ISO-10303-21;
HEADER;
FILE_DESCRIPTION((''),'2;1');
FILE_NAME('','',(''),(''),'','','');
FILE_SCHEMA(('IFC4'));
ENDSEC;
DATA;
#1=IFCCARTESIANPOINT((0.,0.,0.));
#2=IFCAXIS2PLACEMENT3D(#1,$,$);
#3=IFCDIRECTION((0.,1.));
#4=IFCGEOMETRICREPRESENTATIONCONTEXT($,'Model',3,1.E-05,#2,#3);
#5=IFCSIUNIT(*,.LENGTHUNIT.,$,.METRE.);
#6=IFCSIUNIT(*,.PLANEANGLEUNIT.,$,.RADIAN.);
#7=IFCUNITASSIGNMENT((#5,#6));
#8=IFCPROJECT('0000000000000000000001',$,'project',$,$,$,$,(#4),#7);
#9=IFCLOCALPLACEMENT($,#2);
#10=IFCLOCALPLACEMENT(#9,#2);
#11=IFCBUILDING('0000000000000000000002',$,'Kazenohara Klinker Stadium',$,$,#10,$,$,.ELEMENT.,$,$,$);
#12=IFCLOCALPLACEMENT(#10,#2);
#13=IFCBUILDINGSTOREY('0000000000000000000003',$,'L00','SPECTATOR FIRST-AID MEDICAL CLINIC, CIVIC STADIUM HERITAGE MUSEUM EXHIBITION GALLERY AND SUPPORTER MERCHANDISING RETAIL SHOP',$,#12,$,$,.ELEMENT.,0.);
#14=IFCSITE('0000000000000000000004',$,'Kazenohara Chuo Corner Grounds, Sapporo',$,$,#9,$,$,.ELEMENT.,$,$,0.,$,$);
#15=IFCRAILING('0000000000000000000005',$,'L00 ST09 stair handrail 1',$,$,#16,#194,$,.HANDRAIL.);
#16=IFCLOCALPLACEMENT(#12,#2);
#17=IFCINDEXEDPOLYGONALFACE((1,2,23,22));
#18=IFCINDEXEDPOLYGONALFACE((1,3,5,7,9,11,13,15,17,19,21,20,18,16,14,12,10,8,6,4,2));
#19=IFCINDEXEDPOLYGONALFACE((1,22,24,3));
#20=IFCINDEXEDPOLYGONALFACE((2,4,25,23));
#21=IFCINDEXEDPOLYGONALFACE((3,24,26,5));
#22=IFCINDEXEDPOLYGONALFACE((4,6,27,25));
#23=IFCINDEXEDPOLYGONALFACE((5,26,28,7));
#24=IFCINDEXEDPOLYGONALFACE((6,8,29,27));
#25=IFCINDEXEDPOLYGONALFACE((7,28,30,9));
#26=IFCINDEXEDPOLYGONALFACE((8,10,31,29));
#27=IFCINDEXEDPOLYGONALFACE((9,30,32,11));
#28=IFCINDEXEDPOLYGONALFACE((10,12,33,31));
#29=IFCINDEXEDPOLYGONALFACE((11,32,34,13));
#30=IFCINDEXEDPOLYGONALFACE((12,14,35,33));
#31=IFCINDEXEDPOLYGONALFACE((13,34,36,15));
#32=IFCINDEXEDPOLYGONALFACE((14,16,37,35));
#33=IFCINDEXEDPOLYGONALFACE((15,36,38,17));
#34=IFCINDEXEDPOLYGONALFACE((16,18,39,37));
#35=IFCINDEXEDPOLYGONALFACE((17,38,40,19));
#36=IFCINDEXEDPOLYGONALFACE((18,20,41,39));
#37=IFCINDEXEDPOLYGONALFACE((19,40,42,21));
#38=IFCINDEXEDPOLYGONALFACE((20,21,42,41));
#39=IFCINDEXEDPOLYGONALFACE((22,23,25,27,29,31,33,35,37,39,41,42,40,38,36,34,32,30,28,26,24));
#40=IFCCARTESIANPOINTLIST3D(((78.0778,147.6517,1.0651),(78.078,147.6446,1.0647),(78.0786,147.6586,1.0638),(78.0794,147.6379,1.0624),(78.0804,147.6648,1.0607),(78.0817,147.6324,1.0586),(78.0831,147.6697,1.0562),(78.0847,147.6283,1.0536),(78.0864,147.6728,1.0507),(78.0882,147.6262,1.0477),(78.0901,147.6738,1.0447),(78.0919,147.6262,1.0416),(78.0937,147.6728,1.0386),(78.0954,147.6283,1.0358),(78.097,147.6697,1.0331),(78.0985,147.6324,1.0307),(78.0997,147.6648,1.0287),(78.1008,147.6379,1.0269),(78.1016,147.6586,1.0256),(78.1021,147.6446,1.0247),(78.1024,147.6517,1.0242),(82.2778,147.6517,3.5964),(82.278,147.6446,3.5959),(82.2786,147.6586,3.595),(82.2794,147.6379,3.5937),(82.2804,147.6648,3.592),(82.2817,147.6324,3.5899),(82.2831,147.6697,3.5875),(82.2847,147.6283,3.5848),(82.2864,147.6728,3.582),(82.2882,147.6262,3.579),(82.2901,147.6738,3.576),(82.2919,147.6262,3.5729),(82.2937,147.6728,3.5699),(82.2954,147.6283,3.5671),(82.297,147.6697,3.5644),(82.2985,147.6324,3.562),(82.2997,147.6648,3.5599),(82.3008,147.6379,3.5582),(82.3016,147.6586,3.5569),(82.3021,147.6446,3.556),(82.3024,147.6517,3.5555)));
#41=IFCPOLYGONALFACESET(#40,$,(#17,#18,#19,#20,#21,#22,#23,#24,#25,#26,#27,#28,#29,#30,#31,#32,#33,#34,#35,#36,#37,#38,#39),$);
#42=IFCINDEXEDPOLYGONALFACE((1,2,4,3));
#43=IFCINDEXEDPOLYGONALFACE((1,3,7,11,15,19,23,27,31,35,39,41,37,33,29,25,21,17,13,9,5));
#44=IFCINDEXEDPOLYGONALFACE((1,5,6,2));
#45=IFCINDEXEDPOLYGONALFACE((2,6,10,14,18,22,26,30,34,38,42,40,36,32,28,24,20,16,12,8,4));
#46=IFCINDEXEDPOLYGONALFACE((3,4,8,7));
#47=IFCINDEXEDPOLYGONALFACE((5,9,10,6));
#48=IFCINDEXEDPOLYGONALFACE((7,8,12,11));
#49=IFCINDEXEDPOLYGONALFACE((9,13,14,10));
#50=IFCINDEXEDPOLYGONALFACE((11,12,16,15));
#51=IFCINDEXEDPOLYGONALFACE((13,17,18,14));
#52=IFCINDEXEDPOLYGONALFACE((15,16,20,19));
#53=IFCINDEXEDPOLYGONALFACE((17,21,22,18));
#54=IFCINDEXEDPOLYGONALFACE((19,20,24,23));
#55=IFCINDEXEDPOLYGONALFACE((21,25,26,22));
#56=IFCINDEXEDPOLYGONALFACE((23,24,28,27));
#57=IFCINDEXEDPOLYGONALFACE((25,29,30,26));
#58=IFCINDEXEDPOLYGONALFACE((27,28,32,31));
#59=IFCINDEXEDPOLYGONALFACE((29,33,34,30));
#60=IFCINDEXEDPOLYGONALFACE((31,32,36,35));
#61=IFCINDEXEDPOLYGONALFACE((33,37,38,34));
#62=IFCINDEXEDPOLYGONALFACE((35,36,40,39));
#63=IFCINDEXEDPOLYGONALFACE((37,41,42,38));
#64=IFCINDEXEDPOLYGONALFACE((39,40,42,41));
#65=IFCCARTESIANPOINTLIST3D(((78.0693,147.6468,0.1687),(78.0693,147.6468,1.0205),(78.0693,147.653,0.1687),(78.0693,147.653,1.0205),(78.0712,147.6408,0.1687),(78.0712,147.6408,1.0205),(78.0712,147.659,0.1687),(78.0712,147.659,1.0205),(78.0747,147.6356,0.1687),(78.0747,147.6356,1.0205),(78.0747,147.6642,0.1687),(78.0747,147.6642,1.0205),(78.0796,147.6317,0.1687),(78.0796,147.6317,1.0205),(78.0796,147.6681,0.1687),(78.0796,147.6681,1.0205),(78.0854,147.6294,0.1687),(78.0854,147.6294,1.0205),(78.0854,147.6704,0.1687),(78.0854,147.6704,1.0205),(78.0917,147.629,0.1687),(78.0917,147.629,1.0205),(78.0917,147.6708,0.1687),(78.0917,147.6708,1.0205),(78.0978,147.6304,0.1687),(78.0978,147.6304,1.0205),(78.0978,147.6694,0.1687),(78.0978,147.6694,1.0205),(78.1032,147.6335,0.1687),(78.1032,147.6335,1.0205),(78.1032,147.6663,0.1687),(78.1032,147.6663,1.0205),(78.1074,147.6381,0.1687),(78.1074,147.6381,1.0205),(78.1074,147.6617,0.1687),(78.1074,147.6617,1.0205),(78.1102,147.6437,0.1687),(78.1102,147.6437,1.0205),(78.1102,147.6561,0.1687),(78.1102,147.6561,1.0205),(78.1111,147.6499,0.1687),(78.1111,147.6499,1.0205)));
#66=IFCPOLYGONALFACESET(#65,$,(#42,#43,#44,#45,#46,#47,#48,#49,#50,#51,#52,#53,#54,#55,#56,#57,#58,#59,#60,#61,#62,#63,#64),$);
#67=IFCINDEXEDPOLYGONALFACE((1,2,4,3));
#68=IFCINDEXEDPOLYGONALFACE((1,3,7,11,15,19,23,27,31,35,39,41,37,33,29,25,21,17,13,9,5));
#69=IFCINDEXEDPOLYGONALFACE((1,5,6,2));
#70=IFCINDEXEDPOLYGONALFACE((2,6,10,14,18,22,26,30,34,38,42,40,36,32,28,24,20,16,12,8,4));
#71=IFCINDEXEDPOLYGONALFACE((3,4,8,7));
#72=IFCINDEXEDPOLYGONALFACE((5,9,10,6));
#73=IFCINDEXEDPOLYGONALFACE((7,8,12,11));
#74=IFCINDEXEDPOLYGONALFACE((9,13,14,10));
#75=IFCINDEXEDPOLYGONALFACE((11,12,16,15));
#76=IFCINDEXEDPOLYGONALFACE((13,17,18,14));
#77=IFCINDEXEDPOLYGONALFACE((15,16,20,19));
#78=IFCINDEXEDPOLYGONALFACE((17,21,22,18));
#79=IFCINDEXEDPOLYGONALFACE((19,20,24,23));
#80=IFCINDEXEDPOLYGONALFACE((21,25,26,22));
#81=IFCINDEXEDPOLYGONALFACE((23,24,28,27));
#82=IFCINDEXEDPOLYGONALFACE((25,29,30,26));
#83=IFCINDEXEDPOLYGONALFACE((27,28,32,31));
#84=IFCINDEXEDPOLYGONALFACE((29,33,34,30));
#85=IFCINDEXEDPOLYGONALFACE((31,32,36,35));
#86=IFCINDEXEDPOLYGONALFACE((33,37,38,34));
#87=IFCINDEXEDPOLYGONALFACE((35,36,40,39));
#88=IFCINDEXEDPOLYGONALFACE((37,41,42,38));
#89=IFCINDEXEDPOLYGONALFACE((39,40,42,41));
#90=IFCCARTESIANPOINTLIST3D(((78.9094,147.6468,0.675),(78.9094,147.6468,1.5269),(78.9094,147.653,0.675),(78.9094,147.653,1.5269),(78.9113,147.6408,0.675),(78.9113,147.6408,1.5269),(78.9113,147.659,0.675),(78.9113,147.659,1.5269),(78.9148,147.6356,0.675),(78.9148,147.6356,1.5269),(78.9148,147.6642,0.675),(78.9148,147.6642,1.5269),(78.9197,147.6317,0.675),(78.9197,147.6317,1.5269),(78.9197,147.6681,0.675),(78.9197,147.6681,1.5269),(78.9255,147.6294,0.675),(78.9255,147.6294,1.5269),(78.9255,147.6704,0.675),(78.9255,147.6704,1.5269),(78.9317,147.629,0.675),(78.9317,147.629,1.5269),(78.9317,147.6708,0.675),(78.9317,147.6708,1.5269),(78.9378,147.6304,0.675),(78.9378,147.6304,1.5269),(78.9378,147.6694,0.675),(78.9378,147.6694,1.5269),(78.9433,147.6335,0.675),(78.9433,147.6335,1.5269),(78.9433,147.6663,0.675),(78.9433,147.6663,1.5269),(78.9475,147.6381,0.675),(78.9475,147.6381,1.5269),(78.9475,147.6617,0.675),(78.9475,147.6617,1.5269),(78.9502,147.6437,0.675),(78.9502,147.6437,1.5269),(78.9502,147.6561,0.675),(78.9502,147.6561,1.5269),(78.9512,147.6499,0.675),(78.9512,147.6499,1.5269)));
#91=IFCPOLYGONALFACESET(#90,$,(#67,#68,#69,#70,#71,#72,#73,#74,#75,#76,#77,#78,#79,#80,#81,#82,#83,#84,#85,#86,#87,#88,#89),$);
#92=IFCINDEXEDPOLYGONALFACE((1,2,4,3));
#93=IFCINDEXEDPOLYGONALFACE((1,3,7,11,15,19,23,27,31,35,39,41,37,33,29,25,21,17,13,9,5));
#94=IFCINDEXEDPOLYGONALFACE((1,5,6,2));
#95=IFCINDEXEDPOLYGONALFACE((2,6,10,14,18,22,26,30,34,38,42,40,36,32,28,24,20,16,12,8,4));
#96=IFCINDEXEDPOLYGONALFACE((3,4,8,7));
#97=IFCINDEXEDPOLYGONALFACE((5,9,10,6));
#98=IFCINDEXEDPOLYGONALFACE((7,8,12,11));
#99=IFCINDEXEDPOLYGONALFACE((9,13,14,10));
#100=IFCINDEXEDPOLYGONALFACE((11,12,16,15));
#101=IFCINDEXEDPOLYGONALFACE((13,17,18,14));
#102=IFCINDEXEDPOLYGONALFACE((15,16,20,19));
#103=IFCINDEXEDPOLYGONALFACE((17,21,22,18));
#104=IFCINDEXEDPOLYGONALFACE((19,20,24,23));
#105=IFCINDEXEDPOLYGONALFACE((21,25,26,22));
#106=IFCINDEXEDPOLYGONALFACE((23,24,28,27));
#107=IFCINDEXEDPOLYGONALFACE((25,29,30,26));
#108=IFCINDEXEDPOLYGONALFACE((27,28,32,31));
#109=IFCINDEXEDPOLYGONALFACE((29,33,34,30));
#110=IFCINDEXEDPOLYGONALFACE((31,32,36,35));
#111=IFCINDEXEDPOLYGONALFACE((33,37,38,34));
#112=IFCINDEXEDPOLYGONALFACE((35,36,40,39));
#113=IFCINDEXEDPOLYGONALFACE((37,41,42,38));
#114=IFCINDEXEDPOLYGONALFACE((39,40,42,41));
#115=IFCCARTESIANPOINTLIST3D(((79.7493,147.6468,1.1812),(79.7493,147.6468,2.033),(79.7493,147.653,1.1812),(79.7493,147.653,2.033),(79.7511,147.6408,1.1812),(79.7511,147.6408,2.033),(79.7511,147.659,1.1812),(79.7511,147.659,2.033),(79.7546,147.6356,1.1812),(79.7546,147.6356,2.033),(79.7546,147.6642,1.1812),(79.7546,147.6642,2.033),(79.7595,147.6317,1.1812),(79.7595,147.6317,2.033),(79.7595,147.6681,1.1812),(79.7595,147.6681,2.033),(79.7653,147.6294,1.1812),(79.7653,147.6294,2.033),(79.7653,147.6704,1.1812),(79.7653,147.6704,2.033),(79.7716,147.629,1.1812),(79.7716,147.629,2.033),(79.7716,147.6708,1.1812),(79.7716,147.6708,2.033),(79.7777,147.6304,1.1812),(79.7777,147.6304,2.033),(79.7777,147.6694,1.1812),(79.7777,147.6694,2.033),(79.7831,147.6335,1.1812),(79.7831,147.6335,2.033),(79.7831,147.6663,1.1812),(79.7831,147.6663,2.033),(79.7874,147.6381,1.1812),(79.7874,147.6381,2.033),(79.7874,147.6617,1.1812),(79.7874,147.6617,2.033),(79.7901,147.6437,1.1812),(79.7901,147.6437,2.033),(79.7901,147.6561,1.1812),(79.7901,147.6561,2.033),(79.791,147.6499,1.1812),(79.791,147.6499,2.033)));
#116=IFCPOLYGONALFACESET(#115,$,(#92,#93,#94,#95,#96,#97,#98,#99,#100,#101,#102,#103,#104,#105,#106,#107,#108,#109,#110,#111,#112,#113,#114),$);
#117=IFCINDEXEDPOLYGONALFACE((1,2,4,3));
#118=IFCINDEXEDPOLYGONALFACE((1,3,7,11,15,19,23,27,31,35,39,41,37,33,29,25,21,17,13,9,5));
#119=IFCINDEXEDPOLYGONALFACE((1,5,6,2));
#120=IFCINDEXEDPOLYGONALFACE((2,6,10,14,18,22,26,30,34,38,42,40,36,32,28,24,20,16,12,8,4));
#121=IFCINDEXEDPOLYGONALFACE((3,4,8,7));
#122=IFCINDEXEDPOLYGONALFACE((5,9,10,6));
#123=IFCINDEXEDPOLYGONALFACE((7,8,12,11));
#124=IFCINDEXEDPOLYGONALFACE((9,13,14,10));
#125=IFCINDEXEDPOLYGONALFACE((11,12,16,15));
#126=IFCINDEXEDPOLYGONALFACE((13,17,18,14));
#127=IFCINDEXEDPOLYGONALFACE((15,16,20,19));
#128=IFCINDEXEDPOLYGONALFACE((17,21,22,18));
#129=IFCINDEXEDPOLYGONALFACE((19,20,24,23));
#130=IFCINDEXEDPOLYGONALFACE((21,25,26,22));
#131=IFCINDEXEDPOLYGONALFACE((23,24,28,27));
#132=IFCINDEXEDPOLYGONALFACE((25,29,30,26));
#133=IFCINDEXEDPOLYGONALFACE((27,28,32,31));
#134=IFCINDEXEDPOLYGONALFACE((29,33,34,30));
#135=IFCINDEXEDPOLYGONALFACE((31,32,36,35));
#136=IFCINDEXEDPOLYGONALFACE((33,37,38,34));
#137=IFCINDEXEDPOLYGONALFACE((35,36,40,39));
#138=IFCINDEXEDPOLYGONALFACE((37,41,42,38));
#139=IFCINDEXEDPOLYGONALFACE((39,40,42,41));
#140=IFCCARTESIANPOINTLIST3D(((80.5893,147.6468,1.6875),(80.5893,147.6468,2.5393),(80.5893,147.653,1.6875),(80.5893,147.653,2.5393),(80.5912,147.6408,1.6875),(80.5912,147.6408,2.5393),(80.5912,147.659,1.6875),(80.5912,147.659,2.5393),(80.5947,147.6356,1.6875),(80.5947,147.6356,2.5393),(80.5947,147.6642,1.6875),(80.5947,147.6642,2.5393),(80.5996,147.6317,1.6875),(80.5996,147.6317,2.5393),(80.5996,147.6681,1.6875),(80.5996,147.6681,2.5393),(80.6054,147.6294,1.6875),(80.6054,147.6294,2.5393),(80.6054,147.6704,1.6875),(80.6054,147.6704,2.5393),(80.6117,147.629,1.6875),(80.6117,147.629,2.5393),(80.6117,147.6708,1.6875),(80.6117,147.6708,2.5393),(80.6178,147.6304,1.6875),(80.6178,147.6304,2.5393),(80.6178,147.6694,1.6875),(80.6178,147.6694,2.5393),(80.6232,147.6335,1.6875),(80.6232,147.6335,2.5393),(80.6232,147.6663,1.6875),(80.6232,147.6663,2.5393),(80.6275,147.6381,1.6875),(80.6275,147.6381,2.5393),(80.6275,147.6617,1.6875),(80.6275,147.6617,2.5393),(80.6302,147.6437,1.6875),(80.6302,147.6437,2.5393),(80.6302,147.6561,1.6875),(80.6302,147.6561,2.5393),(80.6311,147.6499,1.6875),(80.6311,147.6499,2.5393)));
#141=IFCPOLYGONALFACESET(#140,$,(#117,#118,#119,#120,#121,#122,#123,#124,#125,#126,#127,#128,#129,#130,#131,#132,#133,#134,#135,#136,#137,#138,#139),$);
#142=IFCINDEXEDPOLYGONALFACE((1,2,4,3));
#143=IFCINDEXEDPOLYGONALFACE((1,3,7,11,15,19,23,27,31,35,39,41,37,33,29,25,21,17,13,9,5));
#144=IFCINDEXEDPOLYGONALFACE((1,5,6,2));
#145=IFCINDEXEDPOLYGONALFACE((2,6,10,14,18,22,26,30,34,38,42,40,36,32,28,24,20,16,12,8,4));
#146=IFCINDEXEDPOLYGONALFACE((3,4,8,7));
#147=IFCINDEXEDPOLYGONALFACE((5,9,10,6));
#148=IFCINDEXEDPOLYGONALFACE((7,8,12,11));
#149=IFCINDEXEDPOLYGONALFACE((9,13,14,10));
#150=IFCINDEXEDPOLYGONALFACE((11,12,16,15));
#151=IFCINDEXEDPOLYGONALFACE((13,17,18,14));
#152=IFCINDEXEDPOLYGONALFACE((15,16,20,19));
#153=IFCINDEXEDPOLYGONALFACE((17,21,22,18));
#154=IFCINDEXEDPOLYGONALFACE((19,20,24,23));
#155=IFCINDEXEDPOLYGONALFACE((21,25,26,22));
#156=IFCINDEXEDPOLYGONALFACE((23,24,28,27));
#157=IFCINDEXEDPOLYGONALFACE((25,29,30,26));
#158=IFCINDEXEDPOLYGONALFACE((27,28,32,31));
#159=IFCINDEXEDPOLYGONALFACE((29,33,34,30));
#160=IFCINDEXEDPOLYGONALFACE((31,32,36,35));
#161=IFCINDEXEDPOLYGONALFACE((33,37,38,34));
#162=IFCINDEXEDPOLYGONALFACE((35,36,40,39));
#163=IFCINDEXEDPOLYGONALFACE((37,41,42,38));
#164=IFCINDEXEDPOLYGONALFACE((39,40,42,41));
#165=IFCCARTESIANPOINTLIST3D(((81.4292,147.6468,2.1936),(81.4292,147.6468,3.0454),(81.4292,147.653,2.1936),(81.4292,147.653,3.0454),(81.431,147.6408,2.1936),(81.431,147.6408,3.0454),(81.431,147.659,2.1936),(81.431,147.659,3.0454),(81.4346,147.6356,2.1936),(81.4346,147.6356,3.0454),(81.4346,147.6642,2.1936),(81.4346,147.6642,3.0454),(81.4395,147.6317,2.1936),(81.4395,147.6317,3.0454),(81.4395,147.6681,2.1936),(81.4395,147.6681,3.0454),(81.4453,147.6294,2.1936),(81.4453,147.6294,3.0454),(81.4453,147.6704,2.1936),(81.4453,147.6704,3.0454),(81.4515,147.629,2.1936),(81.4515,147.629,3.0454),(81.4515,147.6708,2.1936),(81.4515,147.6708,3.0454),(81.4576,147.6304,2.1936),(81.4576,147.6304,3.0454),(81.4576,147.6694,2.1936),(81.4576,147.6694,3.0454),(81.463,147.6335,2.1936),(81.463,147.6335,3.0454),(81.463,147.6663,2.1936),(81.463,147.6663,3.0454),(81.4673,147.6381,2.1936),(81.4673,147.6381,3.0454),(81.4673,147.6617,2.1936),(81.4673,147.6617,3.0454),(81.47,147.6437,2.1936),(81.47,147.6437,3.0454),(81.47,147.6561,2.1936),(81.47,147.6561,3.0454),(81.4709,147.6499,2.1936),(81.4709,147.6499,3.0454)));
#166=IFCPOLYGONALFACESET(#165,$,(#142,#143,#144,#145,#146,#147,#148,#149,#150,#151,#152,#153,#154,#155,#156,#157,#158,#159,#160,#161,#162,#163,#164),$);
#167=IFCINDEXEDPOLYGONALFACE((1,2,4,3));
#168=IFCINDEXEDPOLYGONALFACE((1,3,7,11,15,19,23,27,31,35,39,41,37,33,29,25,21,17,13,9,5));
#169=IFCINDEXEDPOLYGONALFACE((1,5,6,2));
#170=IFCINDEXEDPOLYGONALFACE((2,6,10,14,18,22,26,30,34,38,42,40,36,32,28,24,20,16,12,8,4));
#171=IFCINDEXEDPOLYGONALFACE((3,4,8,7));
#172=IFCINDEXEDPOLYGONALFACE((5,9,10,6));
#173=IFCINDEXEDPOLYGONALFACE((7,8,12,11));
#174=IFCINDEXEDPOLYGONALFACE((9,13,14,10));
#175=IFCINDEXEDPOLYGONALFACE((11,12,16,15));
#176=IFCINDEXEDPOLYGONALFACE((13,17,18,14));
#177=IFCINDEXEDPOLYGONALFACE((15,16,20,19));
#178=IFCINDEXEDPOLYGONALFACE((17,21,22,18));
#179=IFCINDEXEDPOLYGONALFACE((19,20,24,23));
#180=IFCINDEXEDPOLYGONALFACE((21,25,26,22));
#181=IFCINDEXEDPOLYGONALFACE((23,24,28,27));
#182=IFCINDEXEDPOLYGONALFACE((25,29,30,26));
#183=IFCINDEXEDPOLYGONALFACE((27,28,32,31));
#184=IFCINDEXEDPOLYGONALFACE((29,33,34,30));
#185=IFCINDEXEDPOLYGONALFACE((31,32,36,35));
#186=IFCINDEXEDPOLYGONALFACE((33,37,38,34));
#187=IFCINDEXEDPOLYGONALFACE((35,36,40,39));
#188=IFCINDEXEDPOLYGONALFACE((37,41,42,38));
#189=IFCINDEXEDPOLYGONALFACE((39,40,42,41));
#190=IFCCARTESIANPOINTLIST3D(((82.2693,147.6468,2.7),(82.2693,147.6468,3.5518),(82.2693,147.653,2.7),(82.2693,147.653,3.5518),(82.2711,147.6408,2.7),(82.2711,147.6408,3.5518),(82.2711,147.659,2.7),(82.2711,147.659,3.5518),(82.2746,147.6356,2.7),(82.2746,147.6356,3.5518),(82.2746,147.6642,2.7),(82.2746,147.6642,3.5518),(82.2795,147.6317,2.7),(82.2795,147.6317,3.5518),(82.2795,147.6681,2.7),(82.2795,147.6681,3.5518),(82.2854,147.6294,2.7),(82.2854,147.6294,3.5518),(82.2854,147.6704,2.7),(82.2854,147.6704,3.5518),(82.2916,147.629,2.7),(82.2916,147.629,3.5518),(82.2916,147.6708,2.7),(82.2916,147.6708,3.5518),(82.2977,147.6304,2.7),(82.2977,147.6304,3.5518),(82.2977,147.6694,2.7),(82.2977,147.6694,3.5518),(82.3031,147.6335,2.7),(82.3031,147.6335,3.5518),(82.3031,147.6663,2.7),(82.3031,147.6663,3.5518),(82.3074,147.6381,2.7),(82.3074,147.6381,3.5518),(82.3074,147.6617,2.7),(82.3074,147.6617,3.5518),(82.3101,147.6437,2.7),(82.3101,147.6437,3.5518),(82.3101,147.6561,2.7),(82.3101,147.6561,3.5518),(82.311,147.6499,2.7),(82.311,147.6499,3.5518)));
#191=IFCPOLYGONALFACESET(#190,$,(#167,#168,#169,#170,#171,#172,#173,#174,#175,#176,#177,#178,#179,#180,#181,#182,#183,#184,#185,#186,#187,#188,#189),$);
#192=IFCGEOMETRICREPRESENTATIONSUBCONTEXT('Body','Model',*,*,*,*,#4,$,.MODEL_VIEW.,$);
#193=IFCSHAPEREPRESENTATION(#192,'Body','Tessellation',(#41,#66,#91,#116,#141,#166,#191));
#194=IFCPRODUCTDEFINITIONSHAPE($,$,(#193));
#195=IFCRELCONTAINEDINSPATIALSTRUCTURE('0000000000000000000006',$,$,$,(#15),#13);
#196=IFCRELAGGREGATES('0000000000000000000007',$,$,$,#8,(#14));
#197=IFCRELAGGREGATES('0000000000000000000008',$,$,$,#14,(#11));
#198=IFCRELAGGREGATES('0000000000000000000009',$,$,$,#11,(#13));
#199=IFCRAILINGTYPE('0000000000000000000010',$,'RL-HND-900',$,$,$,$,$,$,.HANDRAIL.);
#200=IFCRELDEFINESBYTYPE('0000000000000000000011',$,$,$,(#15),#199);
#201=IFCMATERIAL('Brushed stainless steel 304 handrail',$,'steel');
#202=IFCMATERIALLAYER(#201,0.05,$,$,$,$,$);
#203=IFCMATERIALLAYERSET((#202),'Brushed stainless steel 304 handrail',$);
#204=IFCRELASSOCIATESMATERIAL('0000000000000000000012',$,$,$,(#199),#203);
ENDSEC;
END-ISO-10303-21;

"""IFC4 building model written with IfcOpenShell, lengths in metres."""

from ifc_helpers import new_model, si_unit, direction, frame, origin, origin_2d, place, context, subcontext, project, spatial, circle, extrude, material, layer, layer_set, type_object, element, save


model = new_model("IFC4")

# Units and contexts
model_context = context("Model", 3, precision=1e-05, world=origin(), true_north=direction((0.0, 1.0)))
body_context = subcontext(model_context, "Body", "Model", "MODEL_VIEW")
ifc_project = project(units=[si_unit("LENGTHUNIT", "METRE"), si_unit("PLANEANGLEUNIT", "RADIAN")], contexts=[model_context])

# Site, building, storey
site_placement = place(None, origin())
site = spatial("IfcSite", under=ifc_project, at=site_placement, Name="Kazenohara Chuo Corner Grounds, Sapporo", CompositionType="ELEMENT", RefElevation=0.0)
building_placement = place(site_placement, origin())
building = spatial("IfcBuilding", under=site, at=building_placement, Name="Kazenohara Klinker Stadium", CompositionType="ELEMENT")
storey_placement = place(building_placement, origin())
storey = spatial("IfcBuildingStorey", under=building, at=storey_placement, Name="L00", Description="SPECTATOR FIRST-AID MEDICAL CLINIC, CIVIC STADIUM HERITAGE MUSEUM EXHIBITION GALLERY AND SUPPORTER MERCHANDISING RETAIL SHOP", CompositionType="ELEMENT", Elevation=0.0)

# Railing
ifc_material_1 = material(Name="Brushed stainless steel 304 handrail", Category="steel")
ifc_layer_1 = layer(ifc_material_1, 0.05)
ifc_layer_set_1 = layer_set([ifc_layer_1], Name="Brushed stainless steel 304 handrail")
railing_type_1 = type_object("IfcRailingType", Name="RL-HND-900", PredefinedType="HANDRAIL", material=ifc_layer_set_1)
railing_1_placement = place(storey_placement, frame((78.0901, 147.6499, 0.1687)))
element("IfcRailing", 1, at=railing_1_placement, inside=storey, type_object=railing_type_1, Name="L00 ST09 stair handrail 1", PredefinedType="HANDRAIL", context=body_context, shape_type="SweptSolid", body=[
    extrude(circle(Radius=0.0239, at=origin_2d()), frame((0.0, 0.0, 0.876), z_axis=(0.856476, 0.0, 0.516186), x_axis=(0.0, 1.0, 0.0)), (0.0, 0.0, 1.0), 4.9038),
    extrude(circle(Radius=0.021, at=origin_2d()), origin(), (0.0, 0.0, 1.0), 0.8518),
    extrude(circle(Radius=0.021, at=origin_2d()), frame((0.8401, 0.0, 0.5063)), (0.0, 0.0, 1.0), 0.8518),
    extrude(circle(Radius=0.021, at=origin_2d()), frame((1.6799, 0.0, 1.0125)), (0.0, 0.0, 1.0), 0.8518),
    extrude(circle(Radius=0.021, at=origin_2d()), frame((2.52, 0.0, 1.5188)), (0.0, 0.0, 1.0), 0.8518),
    extrude(circle(Radius=0.021, at=origin_2d()), frame((3.3599, 0.0, 2.0249)), (0.0, 0.0, 1.0), 0.8518),
    extrude(circle(Radius=0.021, at=origin_2d()), frame((4.2, 0.0, 2.5312)), (0.0, 0.0, 1.0), 0.8518),
])

save(model, "model.ifc")
